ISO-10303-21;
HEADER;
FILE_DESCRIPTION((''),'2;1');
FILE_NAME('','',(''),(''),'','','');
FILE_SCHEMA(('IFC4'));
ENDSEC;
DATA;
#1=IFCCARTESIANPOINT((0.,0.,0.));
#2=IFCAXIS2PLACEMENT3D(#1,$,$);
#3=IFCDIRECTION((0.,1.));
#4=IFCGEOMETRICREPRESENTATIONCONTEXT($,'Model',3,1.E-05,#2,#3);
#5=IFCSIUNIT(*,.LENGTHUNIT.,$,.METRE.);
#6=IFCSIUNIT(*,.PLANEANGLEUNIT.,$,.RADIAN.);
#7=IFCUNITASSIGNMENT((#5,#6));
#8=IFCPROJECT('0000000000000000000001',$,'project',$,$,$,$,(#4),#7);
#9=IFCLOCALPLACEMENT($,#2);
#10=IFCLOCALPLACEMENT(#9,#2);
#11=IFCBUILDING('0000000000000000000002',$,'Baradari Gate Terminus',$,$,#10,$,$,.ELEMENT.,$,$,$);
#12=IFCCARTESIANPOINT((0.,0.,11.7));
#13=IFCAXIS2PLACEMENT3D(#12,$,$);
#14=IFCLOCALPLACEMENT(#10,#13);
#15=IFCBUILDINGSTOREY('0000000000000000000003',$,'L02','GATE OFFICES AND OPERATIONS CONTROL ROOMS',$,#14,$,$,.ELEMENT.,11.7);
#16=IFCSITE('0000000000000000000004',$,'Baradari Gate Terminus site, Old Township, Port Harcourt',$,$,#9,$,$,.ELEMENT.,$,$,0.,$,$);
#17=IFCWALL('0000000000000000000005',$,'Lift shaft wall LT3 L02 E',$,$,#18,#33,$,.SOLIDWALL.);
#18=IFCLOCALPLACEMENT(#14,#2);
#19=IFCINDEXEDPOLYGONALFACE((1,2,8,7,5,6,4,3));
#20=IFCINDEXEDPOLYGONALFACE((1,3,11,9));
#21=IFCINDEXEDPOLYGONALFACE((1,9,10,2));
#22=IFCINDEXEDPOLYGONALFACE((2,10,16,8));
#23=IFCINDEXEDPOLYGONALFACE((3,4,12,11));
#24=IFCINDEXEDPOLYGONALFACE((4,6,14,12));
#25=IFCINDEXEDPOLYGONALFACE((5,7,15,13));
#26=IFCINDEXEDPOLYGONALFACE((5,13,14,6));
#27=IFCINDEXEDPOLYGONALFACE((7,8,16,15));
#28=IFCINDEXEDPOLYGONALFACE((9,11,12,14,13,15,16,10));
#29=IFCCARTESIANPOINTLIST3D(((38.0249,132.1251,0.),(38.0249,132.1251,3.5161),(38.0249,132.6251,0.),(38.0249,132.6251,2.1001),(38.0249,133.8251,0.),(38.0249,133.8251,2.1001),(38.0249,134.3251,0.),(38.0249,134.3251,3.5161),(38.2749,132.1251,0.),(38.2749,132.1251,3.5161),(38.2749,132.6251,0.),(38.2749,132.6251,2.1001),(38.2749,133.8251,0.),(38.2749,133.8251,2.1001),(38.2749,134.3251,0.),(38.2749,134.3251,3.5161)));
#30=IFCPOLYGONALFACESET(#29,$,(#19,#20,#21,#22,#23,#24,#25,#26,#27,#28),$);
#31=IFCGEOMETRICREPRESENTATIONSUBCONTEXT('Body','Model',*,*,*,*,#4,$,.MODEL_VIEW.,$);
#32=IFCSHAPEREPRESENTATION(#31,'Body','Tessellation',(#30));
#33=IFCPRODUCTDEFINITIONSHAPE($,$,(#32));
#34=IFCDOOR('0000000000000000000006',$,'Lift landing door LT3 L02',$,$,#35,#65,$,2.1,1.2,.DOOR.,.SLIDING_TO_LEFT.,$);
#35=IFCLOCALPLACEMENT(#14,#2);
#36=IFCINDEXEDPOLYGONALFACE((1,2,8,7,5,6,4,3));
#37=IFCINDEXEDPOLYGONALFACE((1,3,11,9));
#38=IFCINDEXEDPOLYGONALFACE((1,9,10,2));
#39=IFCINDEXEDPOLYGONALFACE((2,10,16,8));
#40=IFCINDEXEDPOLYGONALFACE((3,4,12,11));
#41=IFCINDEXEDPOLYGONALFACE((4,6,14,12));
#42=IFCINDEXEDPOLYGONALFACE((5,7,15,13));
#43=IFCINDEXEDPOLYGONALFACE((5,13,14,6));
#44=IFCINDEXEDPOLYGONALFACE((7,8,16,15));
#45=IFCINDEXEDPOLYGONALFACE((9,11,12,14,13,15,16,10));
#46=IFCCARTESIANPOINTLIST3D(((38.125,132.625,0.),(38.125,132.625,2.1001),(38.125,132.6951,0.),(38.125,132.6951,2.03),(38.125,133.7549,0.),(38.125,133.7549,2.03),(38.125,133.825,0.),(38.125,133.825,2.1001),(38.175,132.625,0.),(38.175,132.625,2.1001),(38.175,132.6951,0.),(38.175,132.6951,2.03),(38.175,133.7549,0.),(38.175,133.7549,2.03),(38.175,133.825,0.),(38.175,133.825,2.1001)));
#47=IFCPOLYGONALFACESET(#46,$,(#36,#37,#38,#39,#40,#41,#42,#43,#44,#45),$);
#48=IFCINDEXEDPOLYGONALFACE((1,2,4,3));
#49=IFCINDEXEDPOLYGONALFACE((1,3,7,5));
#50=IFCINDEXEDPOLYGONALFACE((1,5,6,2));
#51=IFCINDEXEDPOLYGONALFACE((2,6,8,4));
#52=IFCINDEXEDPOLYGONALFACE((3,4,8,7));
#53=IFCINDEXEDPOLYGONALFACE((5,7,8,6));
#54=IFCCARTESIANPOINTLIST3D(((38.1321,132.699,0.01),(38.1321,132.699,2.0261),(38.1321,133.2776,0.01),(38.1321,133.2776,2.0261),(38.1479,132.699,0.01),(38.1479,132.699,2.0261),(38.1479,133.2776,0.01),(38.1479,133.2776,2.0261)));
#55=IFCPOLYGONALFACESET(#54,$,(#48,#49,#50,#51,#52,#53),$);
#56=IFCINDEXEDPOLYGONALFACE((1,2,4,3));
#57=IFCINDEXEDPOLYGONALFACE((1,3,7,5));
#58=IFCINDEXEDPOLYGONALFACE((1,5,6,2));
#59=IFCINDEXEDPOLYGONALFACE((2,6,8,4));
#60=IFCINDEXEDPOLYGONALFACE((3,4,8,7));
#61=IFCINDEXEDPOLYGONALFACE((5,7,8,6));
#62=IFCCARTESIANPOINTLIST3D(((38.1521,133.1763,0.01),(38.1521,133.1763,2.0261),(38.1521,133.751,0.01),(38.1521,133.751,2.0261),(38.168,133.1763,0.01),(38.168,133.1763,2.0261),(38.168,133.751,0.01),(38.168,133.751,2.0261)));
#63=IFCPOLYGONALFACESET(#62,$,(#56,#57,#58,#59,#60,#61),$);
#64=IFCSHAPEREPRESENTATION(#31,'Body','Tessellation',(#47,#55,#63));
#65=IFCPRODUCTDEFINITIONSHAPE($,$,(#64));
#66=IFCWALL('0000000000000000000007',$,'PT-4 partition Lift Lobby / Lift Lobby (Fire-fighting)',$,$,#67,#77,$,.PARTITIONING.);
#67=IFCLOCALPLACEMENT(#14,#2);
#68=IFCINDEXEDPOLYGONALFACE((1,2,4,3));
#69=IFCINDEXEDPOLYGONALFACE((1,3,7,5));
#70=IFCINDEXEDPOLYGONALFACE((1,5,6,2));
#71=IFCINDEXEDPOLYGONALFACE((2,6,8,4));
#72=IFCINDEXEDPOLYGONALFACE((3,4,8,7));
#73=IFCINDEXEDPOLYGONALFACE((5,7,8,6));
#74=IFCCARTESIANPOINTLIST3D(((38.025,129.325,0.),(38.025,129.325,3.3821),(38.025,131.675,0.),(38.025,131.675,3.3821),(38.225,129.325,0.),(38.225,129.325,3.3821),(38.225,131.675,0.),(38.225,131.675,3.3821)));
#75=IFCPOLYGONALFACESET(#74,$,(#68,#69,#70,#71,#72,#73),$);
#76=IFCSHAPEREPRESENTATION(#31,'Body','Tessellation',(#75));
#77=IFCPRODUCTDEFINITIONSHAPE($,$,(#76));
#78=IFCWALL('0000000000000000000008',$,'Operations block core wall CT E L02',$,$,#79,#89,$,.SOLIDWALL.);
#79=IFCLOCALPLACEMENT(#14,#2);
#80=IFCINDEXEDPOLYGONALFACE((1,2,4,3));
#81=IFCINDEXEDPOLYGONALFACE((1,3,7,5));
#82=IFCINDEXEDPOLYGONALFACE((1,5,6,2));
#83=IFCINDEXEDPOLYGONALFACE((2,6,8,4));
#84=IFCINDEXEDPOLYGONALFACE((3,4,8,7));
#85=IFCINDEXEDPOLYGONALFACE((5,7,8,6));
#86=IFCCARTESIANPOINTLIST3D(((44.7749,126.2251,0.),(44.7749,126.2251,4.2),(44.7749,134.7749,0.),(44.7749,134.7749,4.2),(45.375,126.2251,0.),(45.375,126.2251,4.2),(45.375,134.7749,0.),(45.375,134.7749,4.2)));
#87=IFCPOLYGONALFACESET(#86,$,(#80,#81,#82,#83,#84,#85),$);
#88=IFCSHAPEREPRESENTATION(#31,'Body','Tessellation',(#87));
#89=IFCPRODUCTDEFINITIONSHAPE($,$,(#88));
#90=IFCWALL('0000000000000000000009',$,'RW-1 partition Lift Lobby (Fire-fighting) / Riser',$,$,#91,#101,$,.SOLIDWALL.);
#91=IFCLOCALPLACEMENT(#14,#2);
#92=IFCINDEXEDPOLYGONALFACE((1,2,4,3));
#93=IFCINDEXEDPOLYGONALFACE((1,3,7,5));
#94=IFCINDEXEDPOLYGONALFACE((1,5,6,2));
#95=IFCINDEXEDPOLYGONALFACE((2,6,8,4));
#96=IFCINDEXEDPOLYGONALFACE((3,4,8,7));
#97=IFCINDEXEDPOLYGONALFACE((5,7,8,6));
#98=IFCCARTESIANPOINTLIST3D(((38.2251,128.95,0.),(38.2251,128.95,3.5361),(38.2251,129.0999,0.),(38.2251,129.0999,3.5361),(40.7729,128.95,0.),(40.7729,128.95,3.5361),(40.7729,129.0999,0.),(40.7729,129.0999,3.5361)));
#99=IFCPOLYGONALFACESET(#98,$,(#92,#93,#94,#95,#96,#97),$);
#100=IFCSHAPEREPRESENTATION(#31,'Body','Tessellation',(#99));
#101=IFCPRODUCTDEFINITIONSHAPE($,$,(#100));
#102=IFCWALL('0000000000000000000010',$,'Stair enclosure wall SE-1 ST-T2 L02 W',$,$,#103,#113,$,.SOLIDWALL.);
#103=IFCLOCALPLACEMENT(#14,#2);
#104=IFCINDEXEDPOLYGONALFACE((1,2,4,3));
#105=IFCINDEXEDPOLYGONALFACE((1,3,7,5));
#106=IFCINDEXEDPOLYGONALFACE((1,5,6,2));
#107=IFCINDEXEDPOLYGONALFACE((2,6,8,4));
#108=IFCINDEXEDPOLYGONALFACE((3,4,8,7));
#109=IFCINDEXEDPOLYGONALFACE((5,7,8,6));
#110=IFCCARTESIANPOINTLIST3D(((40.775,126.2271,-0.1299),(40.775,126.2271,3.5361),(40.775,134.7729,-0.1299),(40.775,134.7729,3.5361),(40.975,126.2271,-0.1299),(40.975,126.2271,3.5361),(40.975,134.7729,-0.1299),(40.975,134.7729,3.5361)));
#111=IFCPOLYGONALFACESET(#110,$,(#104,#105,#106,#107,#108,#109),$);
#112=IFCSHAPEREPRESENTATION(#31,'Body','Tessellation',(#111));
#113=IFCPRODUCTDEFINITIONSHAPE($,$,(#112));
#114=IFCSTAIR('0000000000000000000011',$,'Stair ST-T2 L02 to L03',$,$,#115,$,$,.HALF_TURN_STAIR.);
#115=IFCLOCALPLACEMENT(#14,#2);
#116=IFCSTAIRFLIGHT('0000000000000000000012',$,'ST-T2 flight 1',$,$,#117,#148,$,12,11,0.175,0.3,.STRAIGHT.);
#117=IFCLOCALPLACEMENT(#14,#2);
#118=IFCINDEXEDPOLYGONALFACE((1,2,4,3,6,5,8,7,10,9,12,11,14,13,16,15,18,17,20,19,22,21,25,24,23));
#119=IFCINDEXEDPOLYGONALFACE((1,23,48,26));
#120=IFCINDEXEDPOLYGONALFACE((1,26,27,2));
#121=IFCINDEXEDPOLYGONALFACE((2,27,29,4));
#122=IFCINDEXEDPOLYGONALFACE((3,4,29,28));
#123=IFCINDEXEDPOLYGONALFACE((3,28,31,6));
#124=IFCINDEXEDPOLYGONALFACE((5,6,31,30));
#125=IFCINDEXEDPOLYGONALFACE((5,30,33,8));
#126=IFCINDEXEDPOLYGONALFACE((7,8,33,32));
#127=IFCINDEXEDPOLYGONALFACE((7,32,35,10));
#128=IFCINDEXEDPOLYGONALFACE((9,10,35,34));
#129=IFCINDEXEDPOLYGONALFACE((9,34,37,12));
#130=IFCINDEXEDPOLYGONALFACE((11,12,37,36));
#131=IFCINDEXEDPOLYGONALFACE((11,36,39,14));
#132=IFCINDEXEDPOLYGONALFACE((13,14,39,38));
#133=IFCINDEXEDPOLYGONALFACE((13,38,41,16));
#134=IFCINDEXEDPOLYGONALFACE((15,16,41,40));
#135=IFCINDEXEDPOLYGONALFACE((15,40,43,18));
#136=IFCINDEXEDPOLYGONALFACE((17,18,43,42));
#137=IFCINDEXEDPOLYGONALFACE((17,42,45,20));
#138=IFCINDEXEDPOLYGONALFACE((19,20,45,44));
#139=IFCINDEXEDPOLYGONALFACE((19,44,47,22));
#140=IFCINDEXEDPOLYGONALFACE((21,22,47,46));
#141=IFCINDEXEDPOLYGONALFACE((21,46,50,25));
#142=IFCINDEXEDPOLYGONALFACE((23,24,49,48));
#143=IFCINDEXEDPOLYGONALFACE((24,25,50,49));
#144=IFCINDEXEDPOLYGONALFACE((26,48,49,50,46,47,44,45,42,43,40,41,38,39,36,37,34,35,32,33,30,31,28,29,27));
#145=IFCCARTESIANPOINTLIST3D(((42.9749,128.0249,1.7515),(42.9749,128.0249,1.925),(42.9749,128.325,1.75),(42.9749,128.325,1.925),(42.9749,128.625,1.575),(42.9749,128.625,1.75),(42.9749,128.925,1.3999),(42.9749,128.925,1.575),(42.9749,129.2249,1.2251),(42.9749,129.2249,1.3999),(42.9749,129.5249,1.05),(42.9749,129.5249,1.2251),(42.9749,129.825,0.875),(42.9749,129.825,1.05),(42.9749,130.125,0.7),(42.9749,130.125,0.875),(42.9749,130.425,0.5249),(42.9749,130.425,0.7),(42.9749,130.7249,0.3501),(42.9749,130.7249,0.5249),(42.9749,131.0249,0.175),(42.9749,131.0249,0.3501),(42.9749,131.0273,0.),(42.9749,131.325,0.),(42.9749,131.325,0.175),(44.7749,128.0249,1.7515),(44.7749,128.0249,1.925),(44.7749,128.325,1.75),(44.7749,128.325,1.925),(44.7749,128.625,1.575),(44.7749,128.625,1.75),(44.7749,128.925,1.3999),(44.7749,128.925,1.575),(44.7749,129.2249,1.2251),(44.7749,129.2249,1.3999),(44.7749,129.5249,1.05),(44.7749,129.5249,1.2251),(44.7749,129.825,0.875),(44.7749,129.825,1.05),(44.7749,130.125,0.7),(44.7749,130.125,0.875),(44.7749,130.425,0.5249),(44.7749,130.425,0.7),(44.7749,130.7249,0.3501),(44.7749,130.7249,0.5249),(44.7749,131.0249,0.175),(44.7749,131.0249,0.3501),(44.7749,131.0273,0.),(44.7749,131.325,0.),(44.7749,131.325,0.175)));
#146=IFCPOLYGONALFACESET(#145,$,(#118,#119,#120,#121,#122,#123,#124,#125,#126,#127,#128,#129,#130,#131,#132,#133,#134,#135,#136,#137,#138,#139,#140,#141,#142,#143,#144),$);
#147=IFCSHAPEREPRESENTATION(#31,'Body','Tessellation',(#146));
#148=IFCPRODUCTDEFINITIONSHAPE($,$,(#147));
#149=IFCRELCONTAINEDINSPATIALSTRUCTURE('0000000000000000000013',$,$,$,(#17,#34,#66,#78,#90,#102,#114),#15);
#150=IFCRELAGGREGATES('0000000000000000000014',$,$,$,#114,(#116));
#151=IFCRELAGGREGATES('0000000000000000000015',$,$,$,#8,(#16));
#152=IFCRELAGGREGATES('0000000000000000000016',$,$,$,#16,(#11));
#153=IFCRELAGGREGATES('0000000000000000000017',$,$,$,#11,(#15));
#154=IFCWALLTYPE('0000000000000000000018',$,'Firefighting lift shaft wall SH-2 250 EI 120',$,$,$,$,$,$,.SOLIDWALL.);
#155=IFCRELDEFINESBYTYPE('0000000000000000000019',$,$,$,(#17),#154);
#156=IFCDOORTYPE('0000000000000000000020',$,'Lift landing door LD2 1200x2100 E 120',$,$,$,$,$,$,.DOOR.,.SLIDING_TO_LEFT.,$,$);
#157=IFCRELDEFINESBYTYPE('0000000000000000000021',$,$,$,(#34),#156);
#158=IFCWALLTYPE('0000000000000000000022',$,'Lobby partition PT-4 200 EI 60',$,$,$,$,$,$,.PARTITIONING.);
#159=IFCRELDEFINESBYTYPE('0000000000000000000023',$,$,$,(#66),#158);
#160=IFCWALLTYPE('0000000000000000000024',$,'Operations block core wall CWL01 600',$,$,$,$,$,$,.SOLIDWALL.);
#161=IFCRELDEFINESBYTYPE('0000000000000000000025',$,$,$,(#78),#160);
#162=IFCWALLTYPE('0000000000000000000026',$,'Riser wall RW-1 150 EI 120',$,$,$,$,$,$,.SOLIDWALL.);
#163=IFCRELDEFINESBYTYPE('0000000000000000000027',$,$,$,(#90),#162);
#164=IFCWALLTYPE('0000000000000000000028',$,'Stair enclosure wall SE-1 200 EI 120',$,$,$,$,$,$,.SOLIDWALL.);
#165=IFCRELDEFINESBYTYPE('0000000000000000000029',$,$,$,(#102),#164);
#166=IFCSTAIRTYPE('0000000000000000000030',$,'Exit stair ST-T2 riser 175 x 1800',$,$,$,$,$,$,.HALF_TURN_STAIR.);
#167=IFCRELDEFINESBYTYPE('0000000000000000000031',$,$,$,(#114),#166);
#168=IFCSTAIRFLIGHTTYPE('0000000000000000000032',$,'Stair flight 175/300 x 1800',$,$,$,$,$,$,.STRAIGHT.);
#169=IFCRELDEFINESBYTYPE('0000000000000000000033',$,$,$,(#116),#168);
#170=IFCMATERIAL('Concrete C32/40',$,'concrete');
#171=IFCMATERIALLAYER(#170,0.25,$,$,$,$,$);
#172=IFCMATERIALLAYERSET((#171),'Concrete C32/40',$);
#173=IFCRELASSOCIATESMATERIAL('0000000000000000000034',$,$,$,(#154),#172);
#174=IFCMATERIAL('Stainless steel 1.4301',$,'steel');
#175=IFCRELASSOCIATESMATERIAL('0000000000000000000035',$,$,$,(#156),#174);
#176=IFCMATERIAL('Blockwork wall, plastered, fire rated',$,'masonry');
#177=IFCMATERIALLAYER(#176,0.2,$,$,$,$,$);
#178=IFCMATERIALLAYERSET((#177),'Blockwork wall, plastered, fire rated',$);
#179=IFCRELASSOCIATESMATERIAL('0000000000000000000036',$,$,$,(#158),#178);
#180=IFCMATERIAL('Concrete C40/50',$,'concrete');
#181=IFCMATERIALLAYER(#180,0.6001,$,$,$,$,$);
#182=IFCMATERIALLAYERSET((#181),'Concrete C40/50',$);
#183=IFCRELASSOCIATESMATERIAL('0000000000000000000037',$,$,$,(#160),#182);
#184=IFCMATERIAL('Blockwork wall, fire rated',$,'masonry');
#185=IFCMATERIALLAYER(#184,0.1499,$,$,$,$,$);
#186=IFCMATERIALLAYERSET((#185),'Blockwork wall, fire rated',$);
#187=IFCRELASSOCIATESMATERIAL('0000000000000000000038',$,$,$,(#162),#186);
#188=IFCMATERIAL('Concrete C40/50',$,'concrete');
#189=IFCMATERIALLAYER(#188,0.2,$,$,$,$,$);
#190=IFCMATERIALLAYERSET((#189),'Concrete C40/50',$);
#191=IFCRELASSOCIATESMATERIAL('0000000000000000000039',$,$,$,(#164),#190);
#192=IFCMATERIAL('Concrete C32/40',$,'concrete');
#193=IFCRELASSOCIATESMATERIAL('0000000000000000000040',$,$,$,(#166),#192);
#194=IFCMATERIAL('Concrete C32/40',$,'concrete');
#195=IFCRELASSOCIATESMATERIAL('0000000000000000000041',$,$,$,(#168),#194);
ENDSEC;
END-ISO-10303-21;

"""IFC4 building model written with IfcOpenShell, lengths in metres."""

from ifc_helpers import new_model, si_unit, direction, frame, frame_2d, origin, place, context, subcontext, project, spatial, polyline, rectangle, outline, extrude, material, layer, layer_set, type_object, element, fill, aggregate, save


model = new_model("IFC4")

# Units and contexts
model_context = context("Model", 3, precision=1e-05, world=origin(), true_north=direction((0.0, 1.0)))
body_context = subcontext(model_context, "Body", "Model", "MODEL_VIEW")
ifc_project = project(units=[si_unit("LENGTHUNIT", "METRE"), si_unit("PLANEANGLEUNIT", "RADIAN")], contexts=[model_context])

# Site, building, storey
site_placement = place(None, origin())
site = spatial("IfcSite", under=ifc_project, at=site_placement, Name="Baradari Gate Terminus site, Old Township, Port Harcourt", CompositionType="ELEMENT", RefElevation=0.0)
building_placement = place(site_placement, origin())
building = spatial("IfcBuilding", under=site, at=building_placement, Name="Baradari Gate Terminus", CompositionType="ELEMENT")
storey_placement = place(building_placement, frame((0.0, 0.0, 11.7)))
storey = spatial("IfcBuildingStorey", under=building, at=storey_placement, Name="L02", Description="GATE OFFICES AND OPERATIONS CONTROL ROOMS", CompositionType="ELEMENT", Elevation=11.7)

# Wall, opening, door
ifc_material_1 = material(Name="Concrete C32/40", Category="concrete")
ifc_layer_1 = layer(ifc_material_1, 0.25)
ifc_layer_set_1 = layer_set([ifc_layer_1], Name="Concrete C32/40")
wall_type_1 = type_object("IfcWallType", Name="Firefighting lift shaft wall SH-2 250 EI 120", PredefinedType="SOLIDWALL", material=ifc_layer_set_1)
wall_1_placement = place(storey_placement, frame((38.1499, 132.125, 0.0), z_axis=(0.0, 0.0, 1.0), x_axis=(0.0, 1.0, 0.0)))
wall_1 = element("IfcWall", 1, at=wall_1_placement, inside=storey, type_object=wall_type_1, Name="Lift shaft wall LT3 L02 E", PredefinedType="SOLIDWALL", context=body_context, shape_type="SweptSolid", body=[
    extrude(rectangle(XDim=2.2, YDim=0.25, at=frame_2d((1.1001, 0.0))), origin(), (0.0, 0.0, 1.0), 3.5161),
])
opening_1_placement = place(wall_1_placement, frame((0.5, 0.0, 0.0)))
opening_1 = element("IfcOpeningElement", 2, at=opening_1_placement, cuts=wall_1, PredefinedType="OPENING", context=body_context, shape_type="SweptSolid", body=[
    extrude(rectangle(XDim=1.2, YDim=2.1001, at=frame_2d((0.6001, 1.05))), frame((0.0, 0.135, 0.0), z_axis=(0.0, -1.0, 0.0), x_axis=(1.0, 0.0, 0.0)), (0.0, 0.0, 1.0), 0.27),
])
ifc_material_2 = material(Name="Stainless steel 1.4301", Category="steel")
door_type_1 = type_object("IfcDoorType", Name="Lift landing door LD2 1200x2100 E 120", OperationType="SLIDING_TO_LEFT", PredefinedType="DOOR", material=ifc_material_2)
door_1_placement = place(opening_1_placement, origin())
door_1 = element("IfcDoor", 3, at=door_1_placement, inside=storey, type_object=door_type_1, Name="Lift landing door LT3 L02", OperationType="SLIDING_TO_LEFT", OverallHeight=2.1, OverallWidth=1.2, PredefinedType="DOOR", context=body_context, shape_type="SweptSolid", body=[
    extrude(outline(polyline([(0.0, 0.0), (0.0701, 0.0), (0.0701, 2.03), (1.1299, 2.03), (1.1299, 0.0), (1.2, 0.0), (1.2, 2.1001), (0.0, 2.1001), (0.0, 0.0)])), frame((0.0, 0.0249, 0.0), z_axis=(0.0, -1.0, 0.0), x_axis=(1.0, 0.0, 0.0)), (0.0, 0.0, 1.0), 0.05),
    extrude(rectangle(XDim=0.5786, YDim=2.0161, at=frame_2d((0.3633, 1.0181))), frame((0.0, 0.0178, 0.0), z_axis=(0.0, -1.0, 0.0), x_axis=(1.0, 0.0, 0.0)), (0.0, 0.0, 1.0), 0.0159),
    extrude(rectangle(XDim=0.5747, YDim=2.0161, at=frame_2d((0.8386, 1.0181))), frame((0.0, -0.0022, 0.0), z_axis=(0.0, -1.0, 0.0), x_axis=(1.0, 0.0, 0.0)), (0.0, 0.0, 1.0), 0.0159),
])
fill(opening_1, door_1)

# Walls
ifc_material_3 = material(Name="Blockwork wall, plastered, fire rated", Category="masonry")
ifc_layer_2 = layer(ifc_material_3, 0.2)
ifc_layer_set_2 = layer_set([ifc_layer_2], Name="Blockwork wall, plastered, fire rated")
wall_type_2 = type_object("IfcWallType", Name="Lobby partition PT-4 200 EI 60", PredefinedType="PARTITIONING", material=ifc_layer_set_2)
wall_2_placement = place(storey_placement, frame((38.125, 131.675, 0.0), z_axis=(0.0, 0.0, 1.0), x_axis=(0.0, -1.0, 0.0)))
element("IfcWall", 4, at=wall_2_placement, inside=storey, type_object=wall_type_2, Name="PT-4 partition Lift Lobby / Lift Lobby (Fire-fighting)", PredefinedType="PARTITIONING", context=body_context, shape_type="SweptSolid", body=[
    extrude(rectangle(XDim=2.3501, YDim=0.2, at=frame_2d((1.175, 0.0))), origin(), (0.0, 0.0, 1.0), 3.3821),
])
ifc_material_4 = material(Name="Concrete C40/50", Category="concrete")
ifc_layer_3 = layer(ifc_material_4, 0.6001)
ifc_layer_set_3 = layer_set([ifc_layer_3], Name="Concrete C40/50")
wall_type_3 = type_object("IfcWallType", Name="Operations block core wall CWL01 600", PredefinedType="SOLIDWALL", material=ifc_layer_set_3)
wall_3_placement = place(storey_placement, frame((45.075, 126.2251, 0.0), z_axis=(0.0, 0.0, 1.0), x_axis=(0.0, 1.0, 0.0)))
element("IfcWall", 5, at=wall_3_placement, inside=storey, type_object=wall_type_3, Name="Operations block core wall CT E L02", PredefinedType="SOLIDWALL", context=body_context, shape_type="SweptSolid", body=[
    extrude(rectangle(XDim=8.5498, YDim=0.6001, at=frame_2d((4.2749, 0.0))), origin(), (0.0, 0.0, 1.0), 4.2),
])
ifc_material_5 = material(Name="Blockwork wall, fire rated", Category="masonry")
ifc_layer_4 = layer(ifc_material_5, 0.1499)
ifc_layer_set_4 = layer_set([ifc_layer_4], Name="Blockwork wall, fire rated")
wall_type_4 = type_object("IfcWallType", Name="Riser wall RW-1 150 EI 120", PredefinedType="SOLIDWALL", material=ifc_layer_set_4)
wall_4_placement = place(storey_placement, frame((40.7729, 129.0249, 0.0), z_axis=(0.0, 0.0, 1.0), x_axis=(-1.0, 0.0, 0.0)))
element("IfcWall", 6, at=wall_4_placement, inside=storey, type_object=wall_type_4, Name="RW-1 partition Lift Lobby (Fire-fighting) / Riser", PredefinedType="SOLIDWALL", context=body_context, shape_type="SweptSolid", body=[
    extrude(rectangle(XDim=2.5479, YDim=0.1499, at=frame_2d((1.2739, 0.0))), origin(), (0.0, 0.0, 1.0), 3.5361),
])
ifc_material_6 = material(Name="Concrete C40/50", Category="concrete")
ifc_layer_5 = layer(ifc_material_6, 0.2)
ifc_layer_set_5 = layer_set([ifc_layer_5], Name="Concrete C40/50")
wall_type_5 = type_object("IfcWallType", Name="Stair enclosure wall SE-1 200 EI 120", PredefinedType="SOLIDWALL", material=ifc_layer_set_5)
wall_5_placement = place(storey_placement, frame((40.875, 126.2271, -0.1299), z_axis=(0.0, 0.0, 1.0), x_axis=(0.0, 1.0, 0.0)))
element("IfcWall", 7, at=wall_5_placement, inside=storey, type_object=wall_type_5, Name="Stair enclosure wall SE-1 ST-T2 L02 W", PredefinedType="SOLIDWALL", context=body_context, shape_type="SweptSolid", body=[
    extrude(rectangle(XDim=8.5459, YDim=0.2, at=frame_2d((4.2729, 0.0))), origin(), (0.0, 0.0, 1.0), 3.666),
])

# Stair, stair flight
ifc_material_7 = material(Name="Concrete C32/40", Category="concrete")
stair_type = type_object("IfcStairType", Name="Exit stair ST-T2 riser 175 x 1800", PredefinedType="HALF_TURN_STAIR", material=ifc_material_7)
stair_placement = place(storey_placement, origin())
stair = element("IfcStair", 8, at=stair_placement, inside=storey, type_object=stair_type, Name="Stair ST-T2 L02 to L03", PredefinedType="HALF_TURN_STAIR")
ifc_material_8 = material(Name="Concrete C32/40", Category="concrete")
stair_flight_type = type_object("IfcStairFlightType", Name="Stair flight 175/300 x 1800", PredefinedType="STRAIGHT", material=ifc_material_8)
stair_flight_1_placement = place(storey_placement, frame((43.875, 131.325, 0.0), z_axis=(0.0, 0.0, 1.0), x_axis=(0.0, -1.0, 0.0)))
stair_flight_1 = element("IfcStairFlight", 9, at=stair_flight_1_placement, type_object=stair_flight_type, Name="ST-T2 flight 1", NumberOfRisers=12, NumberOfTreads=11, PredefinedType="STRAIGHT", RiserHeight=0.175, TreadLength=0.3, context=body_context, shape_type="SweptSolid", body=[
    extrude(outline(polyline([(0.0, 0.0), (0.0, 0.175), (0.3, 0.175), (0.3, 0.3501), (0.6001, 0.3501), (0.6001, 0.5249), (0.8999, 0.5249), (0.8999, 0.7), (1.2, 0.7), (1.2, 0.875), (1.5, 0.875), (1.5, 1.05), (1.8, 1.05), (1.8, 1.2251), (2.1001, 1.2251), (2.1001, 1.3999), (2.3999, 1.3999), (2.3999, 1.575), (2.7, 1.575), (2.7, 1.75), (3.0, 1.75), (3.0, 1.925), (3.3, 1.925), (3.3, 2.1001), (3.3, 1.7515), (0.2976, 0.0), (0.0, 0.0)])), frame((0.0, 0.8999, 0.0), z_axis=(0.0, -1.0, 0.0), x_axis=(1.0, 0.0, 0.0)), (0.0, 0.0, 1.0), 1.8),
])
aggregate(stair, [stair_flight_1])

save(model, "model.ifc")
